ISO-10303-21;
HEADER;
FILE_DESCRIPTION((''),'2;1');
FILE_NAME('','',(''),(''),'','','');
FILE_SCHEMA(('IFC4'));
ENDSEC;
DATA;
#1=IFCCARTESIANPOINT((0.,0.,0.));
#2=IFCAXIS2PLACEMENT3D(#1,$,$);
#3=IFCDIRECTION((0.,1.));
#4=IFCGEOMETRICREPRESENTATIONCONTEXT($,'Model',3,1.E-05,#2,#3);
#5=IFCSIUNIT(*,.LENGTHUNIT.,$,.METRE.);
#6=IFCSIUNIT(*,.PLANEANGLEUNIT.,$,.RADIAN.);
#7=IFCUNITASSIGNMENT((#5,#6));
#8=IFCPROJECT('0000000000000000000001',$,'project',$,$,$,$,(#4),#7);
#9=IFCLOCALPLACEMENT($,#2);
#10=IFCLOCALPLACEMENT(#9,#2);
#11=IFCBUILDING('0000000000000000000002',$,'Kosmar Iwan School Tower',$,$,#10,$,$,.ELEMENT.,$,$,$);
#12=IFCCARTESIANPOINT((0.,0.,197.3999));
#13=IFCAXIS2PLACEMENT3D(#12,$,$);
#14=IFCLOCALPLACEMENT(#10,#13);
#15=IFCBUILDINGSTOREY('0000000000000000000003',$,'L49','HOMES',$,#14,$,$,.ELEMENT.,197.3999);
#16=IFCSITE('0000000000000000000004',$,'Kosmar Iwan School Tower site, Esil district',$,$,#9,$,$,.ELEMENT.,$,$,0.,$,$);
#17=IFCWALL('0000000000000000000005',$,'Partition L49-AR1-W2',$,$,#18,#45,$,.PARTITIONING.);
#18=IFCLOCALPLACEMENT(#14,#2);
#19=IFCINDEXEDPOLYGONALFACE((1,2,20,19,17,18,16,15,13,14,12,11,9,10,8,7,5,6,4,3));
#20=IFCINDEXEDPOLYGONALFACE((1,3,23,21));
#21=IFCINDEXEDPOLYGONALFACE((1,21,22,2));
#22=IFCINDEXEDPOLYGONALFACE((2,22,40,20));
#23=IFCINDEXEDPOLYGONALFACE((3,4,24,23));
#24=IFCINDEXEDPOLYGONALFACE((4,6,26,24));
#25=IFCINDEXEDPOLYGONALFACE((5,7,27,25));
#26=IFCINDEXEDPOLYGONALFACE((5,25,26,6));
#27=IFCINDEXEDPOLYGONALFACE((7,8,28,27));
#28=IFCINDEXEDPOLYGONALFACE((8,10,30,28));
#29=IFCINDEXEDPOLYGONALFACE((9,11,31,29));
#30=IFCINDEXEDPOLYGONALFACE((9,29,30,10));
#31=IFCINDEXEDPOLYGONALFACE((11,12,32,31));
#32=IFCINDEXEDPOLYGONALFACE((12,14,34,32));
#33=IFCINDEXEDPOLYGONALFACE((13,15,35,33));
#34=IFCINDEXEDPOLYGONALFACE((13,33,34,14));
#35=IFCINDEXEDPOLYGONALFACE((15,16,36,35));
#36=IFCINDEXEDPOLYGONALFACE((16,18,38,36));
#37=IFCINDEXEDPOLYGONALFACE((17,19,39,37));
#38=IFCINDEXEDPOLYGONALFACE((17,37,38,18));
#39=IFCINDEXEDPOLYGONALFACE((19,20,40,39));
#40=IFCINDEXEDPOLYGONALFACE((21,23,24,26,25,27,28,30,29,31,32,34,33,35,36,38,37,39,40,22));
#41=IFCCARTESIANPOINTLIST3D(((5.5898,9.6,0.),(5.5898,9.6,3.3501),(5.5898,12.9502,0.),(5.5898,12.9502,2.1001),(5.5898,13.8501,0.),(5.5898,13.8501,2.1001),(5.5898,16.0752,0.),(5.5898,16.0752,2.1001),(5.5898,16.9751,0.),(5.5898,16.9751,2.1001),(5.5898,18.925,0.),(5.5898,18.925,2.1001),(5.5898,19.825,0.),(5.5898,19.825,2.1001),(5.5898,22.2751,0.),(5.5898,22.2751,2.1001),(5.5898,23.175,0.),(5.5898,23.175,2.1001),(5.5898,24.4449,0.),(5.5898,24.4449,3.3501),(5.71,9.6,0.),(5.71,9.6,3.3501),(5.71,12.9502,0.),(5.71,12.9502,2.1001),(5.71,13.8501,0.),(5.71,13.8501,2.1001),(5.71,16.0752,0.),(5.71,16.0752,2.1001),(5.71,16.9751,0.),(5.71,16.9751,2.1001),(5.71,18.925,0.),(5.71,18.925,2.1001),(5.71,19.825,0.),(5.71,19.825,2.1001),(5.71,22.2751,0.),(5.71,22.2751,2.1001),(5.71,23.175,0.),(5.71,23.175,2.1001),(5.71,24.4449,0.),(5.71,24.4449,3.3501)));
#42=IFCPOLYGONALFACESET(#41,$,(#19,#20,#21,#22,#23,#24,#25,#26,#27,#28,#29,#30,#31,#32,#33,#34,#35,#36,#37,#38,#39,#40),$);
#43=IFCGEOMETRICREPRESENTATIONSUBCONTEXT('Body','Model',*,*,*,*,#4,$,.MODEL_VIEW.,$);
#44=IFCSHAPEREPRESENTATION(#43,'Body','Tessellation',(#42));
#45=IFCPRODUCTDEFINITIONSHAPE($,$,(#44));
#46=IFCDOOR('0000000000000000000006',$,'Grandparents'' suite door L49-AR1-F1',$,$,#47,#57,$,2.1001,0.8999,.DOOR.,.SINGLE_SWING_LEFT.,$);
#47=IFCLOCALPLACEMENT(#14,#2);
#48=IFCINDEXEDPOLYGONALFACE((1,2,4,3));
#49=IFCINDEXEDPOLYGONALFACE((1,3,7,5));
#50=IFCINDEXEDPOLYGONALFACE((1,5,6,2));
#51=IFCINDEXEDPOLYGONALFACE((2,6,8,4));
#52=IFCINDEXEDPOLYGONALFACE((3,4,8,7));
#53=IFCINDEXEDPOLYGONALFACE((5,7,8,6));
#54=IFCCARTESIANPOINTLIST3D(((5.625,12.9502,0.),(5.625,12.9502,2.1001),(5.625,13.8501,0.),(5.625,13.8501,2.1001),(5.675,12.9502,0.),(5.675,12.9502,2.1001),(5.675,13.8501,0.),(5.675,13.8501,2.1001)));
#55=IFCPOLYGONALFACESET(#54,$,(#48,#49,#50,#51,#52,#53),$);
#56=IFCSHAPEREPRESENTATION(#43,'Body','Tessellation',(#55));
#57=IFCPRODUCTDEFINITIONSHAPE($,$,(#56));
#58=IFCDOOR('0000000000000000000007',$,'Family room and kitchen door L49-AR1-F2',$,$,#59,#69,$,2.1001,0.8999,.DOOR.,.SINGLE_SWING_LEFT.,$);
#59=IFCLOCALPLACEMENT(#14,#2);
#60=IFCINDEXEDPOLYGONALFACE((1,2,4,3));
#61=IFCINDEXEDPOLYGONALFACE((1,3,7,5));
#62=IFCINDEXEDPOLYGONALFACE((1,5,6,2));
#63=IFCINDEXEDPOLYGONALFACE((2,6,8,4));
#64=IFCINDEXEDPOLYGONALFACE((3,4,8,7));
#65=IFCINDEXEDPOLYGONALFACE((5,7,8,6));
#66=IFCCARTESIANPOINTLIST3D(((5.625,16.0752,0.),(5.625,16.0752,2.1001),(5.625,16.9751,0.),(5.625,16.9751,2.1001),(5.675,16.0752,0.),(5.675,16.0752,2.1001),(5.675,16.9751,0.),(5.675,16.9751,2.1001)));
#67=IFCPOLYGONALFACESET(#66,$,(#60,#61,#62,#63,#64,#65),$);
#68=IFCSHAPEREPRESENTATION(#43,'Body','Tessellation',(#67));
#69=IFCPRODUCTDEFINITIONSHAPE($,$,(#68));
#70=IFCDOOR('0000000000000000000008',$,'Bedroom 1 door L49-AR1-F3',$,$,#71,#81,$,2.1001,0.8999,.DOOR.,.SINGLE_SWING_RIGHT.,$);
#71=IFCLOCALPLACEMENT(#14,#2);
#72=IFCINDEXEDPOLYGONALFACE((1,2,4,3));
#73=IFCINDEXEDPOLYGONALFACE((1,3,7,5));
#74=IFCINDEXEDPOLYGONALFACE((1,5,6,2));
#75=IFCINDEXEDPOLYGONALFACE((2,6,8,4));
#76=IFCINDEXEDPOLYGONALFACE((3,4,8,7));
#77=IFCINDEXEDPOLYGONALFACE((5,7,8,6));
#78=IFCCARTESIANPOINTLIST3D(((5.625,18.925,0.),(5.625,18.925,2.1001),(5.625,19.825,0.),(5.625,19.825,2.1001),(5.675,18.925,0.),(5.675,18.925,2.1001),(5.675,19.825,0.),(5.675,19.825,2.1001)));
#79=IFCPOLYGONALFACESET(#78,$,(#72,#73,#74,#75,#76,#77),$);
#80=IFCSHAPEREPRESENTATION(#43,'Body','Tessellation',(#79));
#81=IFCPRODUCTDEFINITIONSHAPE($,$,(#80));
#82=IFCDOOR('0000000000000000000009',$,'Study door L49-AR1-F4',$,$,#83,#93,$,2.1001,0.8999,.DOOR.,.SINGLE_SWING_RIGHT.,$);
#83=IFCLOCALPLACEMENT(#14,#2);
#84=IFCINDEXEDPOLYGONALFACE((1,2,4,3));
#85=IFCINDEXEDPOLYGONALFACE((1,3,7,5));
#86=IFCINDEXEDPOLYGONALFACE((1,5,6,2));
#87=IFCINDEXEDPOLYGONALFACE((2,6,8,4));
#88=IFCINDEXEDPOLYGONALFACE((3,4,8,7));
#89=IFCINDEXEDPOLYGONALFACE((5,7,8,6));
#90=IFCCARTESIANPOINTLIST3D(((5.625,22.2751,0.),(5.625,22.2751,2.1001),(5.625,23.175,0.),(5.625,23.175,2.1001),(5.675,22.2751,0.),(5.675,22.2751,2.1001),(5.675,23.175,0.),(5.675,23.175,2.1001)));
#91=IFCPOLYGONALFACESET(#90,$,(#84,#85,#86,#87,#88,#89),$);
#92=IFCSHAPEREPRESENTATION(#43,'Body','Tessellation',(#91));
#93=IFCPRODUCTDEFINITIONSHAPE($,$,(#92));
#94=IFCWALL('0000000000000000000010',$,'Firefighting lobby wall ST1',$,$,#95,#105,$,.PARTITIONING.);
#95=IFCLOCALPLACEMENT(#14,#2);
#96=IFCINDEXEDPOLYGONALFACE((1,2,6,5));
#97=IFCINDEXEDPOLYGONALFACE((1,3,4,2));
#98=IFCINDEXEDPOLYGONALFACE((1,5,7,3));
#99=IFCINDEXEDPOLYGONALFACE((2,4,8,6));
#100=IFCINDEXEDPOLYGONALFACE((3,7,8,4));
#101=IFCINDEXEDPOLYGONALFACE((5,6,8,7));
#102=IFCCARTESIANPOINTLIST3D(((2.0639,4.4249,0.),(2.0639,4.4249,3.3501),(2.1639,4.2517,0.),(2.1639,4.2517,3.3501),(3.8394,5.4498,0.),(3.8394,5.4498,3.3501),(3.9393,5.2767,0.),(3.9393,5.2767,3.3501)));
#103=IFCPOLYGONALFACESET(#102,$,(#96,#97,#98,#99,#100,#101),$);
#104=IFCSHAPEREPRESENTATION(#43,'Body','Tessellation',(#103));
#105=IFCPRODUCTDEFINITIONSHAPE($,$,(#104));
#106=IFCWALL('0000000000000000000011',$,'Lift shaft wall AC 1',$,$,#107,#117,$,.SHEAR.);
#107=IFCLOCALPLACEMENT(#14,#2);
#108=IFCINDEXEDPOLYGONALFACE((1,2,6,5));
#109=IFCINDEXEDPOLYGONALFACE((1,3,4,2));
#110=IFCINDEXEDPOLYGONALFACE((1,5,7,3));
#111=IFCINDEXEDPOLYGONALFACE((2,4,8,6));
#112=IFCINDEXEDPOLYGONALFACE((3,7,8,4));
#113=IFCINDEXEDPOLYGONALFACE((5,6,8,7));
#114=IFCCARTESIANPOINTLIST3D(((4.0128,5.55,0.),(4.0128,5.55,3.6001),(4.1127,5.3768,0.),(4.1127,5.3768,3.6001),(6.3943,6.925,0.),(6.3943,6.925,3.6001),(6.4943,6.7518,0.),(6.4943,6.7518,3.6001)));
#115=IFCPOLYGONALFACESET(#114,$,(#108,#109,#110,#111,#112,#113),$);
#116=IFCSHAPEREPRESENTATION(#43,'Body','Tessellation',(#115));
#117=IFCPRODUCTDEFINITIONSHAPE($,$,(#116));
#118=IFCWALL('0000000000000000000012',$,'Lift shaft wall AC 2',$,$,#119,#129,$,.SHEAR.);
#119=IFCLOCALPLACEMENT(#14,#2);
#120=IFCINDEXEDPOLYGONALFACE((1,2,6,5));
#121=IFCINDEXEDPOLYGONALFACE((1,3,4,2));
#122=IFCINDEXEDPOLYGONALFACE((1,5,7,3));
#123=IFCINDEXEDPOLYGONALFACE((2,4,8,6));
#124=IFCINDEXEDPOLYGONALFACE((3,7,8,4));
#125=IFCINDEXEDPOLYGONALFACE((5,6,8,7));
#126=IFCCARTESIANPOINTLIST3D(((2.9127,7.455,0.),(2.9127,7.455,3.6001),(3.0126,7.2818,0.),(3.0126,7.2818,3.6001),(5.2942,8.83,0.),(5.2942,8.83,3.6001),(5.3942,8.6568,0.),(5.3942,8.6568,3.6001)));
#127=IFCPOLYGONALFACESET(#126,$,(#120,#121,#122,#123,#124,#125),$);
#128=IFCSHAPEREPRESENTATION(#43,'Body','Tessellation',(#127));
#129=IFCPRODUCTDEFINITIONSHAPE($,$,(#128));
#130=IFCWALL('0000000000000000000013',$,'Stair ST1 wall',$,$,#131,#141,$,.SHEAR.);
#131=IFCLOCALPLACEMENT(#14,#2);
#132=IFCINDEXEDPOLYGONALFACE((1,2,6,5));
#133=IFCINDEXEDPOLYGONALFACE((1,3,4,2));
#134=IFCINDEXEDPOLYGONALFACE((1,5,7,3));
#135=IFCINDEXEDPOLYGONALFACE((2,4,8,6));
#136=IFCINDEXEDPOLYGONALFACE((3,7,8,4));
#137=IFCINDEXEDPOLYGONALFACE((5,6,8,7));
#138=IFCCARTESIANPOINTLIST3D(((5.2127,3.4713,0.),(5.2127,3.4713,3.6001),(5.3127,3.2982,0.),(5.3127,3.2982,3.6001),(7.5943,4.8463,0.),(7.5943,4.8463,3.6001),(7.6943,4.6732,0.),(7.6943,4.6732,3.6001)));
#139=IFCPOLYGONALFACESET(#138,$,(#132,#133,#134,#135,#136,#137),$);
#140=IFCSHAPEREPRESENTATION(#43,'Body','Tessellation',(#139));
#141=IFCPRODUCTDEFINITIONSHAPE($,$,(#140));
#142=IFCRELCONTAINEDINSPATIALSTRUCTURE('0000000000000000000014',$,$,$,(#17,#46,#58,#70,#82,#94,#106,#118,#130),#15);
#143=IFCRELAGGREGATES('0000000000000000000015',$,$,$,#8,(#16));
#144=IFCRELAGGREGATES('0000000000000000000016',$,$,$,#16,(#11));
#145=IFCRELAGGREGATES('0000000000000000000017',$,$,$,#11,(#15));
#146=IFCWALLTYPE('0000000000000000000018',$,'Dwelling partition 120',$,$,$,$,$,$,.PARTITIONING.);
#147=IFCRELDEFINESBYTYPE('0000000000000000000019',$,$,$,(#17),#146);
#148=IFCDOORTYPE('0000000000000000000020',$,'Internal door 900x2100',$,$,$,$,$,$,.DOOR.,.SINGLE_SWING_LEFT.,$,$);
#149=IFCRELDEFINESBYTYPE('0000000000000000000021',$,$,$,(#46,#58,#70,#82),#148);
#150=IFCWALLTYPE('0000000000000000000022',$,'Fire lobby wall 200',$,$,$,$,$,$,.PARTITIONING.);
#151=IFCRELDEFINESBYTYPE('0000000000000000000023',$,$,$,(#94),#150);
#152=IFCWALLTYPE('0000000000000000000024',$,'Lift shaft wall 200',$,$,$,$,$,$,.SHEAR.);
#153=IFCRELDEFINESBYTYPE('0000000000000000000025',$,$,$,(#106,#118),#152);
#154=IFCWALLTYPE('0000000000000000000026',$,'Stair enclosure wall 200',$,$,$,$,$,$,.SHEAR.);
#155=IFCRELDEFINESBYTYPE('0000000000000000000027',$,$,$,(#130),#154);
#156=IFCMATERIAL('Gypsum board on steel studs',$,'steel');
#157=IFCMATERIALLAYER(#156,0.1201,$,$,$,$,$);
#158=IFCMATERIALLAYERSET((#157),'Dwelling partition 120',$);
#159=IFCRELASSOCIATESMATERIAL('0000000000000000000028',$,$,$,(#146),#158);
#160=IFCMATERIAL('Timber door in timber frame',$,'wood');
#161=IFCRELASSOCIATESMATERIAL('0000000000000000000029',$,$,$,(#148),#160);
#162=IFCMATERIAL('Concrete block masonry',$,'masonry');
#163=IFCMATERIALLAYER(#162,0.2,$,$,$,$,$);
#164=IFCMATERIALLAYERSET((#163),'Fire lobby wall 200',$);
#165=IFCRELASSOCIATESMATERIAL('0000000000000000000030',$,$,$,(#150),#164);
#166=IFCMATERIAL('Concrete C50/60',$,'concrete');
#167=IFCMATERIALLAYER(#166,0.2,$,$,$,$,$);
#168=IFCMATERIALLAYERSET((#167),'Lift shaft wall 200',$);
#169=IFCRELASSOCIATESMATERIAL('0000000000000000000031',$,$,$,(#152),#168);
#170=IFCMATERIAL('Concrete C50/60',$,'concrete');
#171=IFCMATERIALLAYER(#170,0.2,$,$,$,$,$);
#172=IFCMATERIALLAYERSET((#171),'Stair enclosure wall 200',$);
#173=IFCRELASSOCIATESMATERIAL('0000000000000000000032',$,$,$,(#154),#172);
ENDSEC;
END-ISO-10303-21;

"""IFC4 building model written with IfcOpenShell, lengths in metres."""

from ifc_helpers import new_model, si_unit, direction, frame, frame_2d, origin, place, context, subcontext, project, spatial, rectangle, extrude, material, layer, layer_set, type_object, element, fill, save


model = new_model("IFC4")

# Units and contexts
model_context = context("Model", 3, precision=1e-05, world=origin(), true_north=direction((0.0, 1.0)))
body_context = subcontext(model_context, "Body", "Model", "MODEL_VIEW")
ifc_project = project(units=[si_unit("LENGTHUNIT", "METRE"), si_unit("PLANEANGLEUNIT", "RADIAN")], contexts=[model_context])

# Site, building, storey
site_placement = place(None, origin())
site = spatial("IfcSite", under=ifc_project, at=site_placement, Name="Kosmar Iwan School Tower site, Esil district", CompositionType="ELEMENT", RefElevation=0.0)
building_placement = place(site_placement, origin())
building = spatial("IfcBuilding", under=site, at=building_placement, Name="Kosmar Iwan School Tower", CompositionType="ELEMENT")
storey_placement = place(building_placement, frame((0.0, 0.0, 197.3999)))
storey = spatial("IfcBuildingStorey", under=building, at=storey_placement, Name="L49", Description="HOMES", CompositionType="ELEMENT", Elevation=197.3999)

# Wall, openings, doors
ifc_material_1 = material(Name="Gypsum board on steel studs", Category="steel")
ifc_layer_1 = layer(ifc_material_1, 0.1201)
ifc_layer_set_1 = layer_set([ifc_layer_1], Name="Dwelling partition 120")
wall_type_1 = type_object("IfcWallType", Name="Dwelling partition 120", PredefinedType="PARTITIONING", material=ifc_layer_set_1)
wall_1_placement = place(storey_placement, frame((5.6499, 9.6001, 0.0), z_axis=(0.0, 0.0, 1.0), x_axis=(0.0, 1.0, 0.0)))
wall_1 = element("IfcWall", 1, at=wall_1_placement, inside=storey, type_object=wall_type_1, Name="Partition L49-AR1-W2", PredefinedType="PARTITIONING", context=body_context, shape_type="SweptSolid", body=[
    extrude(rectangle(XDim=14.845, YDim=0.1201, at=frame_2d((7.4224, 0.0))), origin(), (0.0, 0.0, 1.0), 3.3501),
])
opening_1_placement = place(wall_1_placement, frame((3.3501, 0.0, 0.0)))
opening_1 = element("IfcOpeningElement", 2, at=opening_1_placement, cuts=wall_1, PredefinedType="OPENING", context=body_context, shape_type="SweptSolid", body=[
    extrude(rectangle(XDim=0.8999, YDim=2.1001, at=frame_2d((0.45, 1.05))), frame((0.0, 0.072, 0.0), z_axis=(0.0, -1.0, 0.0), x_axis=(1.0, 0.0, 0.0)), (0.0, 0.0, 1.0), 0.144),
])
opening_2_placement = place(wall_1_placement, frame((6.4751, 0.0, 0.0)))
opening_2 = element("IfcOpeningElement", 3, at=opening_2_placement, cuts=wall_1, PredefinedType="OPENING", context=body_context, shape_type="SweptSolid", body=[
    extrude(rectangle(XDim=0.8999, YDim=2.1001, at=frame_2d((0.45, 1.05))), frame((0.0, 0.072, 0.0), z_axis=(0.0, -1.0, 0.0), x_axis=(1.0, 0.0, 0.0)), (0.0, 0.0, 1.0), 0.144),
])
opening_3_placement = place(wall_1_placement, frame((9.325, 0.0, 0.0)))
opening_3 = element("IfcOpeningElement", 4, at=opening_3_placement, cuts=wall_1, PredefinedType="OPENING", context=body_context, shape_type="SweptSolid", body=[
    extrude(rectangle(XDim=0.8999, YDim=2.1001, at=frame_2d((0.45, 1.05))), frame((0.0, 0.072, 0.0), z_axis=(0.0, -1.0, 0.0), x_axis=(1.0, 0.0, 0.0)), (0.0, 0.0, 1.0), 0.144),
])
opening_4_placement = place(wall_1_placement, frame((12.675, 0.0, 0.0)))
opening_4 = element("IfcOpeningElement", 5, at=opening_4_placement, cuts=wall_1, PredefinedType="OPENING", context=body_context, shape_type="SweptSolid", body=[
    extrude(rectangle(XDim=0.8999, YDim=2.1001, at=frame_2d((0.45, 1.05))), frame((0.0, 0.072, 0.0), z_axis=(0.0, -1.0, 0.0), x_axis=(1.0, 0.0, 0.0)), (0.0, 0.0, 1.0), 0.144),
])
ifc_material_2 = material(Name="Timber door in timber frame", Category="wood")
door_type = type_object("IfcDoorType", Name="Internal door 900x2100", OperationType="SINGLE_SWING_LEFT", PredefinedType="DOOR", material=ifc_material_2)
door_1_placement = place(opening_1_placement, origin())
door_1 = element("IfcDoor", 6, at=door_1_placement, inside=storey, type_object=door_type, Name="Grandparents' suite door L49-AR1-F1", OperationType="SINGLE_SWING_LEFT", OverallHeight=2.1001, OverallWidth=0.8999, PredefinedType="DOOR", context=body_context, shape_type="SweptSolid", body=[
    extrude(rectangle(XDim=0.8999, YDim=2.1001, at=frame_2d((0.45, 1.05))), frame((0.0, 0.0249, 0.0), z_axis=(0.0, -1.0, 0.0), x_axis=(1.0, 0.0, 0.0)), (0.0, 0.0, 1.0), 0.05),
])
fill(opening_1, door_1)
door_2_placement = place(opening_2_placement, origin())
door_2 = element("IfcDoor", 7, at=door_2_placement, inside=storey, type_object=door_type, Name="Family room and kitchen door L49-AR1-F2", OperationType="SINGLE_SWING_LEFT", OverallHeight=2.1001, OverallWidth=0.8999, PredefinedType="DOOR", context=body_context, shape_type="SweptSolid", body=[
    extrude(rectangle(XDim=0.8999, YDim=2.1001, at=frame_2d((0.45, 1.05))), frame((0.0, 0.0249, 0.0), z_axis=(0.0, -1.0, 0.0), x_axis=(1.0, 0.0, 0.0)), (0.0, 0.0, 1.0), 0.05),
])
fill(opening_2, door_2)
door_3_placement = place(opening_3_placement, origin())
door_3 = element("IfcDoor", 8, at=door_3_placement, inside=storey, type_object=door_type, Name="Bedroom 1 door L49-AR1-F3", OperationType="SINGLE_SWING_RIGHT", OverallHeight=2.1001, OverallWidth=0.8999, PredefinedType="DOOR", context=body_context, shape_type="SweptSolid", body=[
    extrude(rectangle(XDim=0.8999, YDim=2.1001, at=frame_2d((0.45, 1.05))), frame((0.0, 0.0249, 0.0), z_axis=(0.0, -1.0, 0.0), x_axis=(1.0, 0.0, 0.0)), (0.0, 0.0, 1.0), 0.05),
])
fill(opening_3, door_3)
door_4_placement = place(opening_4_placement, origin())
door_4 = element("IfcDoor", 9, at=door_4_placement, inside=storey, type_object=door_type, Name="Study door L49-AR1-F4", OperationType="SINGLE_SWING_RIGHT", OverallHeight=2.1001, OverallWidth=0.8999, PredefinedType="DOOR", context=body_context, shape_type="SweptSolid", body=[
    extrude(rectangle(XDim=0.8999, YDim=2.1001, at=frame_2d((0.45, 1.05))), frame((0.0, 0.0249, 0.0), z_axis=(0.0, -1.0, 0.0), x_axis=(1.0, 0.0, 0.0)), (0.0, 0.0, 1.0), 0.05),
])
fill(opening_4, door_4)

# Walls
ifc_material_3 = material(Name="Concrete block masonry", Category="masonry")
ifc_layer_2 = layer(ifc_material_3, 0.2)
ifc_layer_set_2 = layer_set([ifc_layer_2], Name="Fire lobby wall 200")
wall_type_2 = type_object("IfcWallType", Name="Fire lobby wall 200", PredefinedType="PARTITIONING", material=ifc_layer_set_2)
wall_2_placement = place(storey_placement, frame((2.114, 4.3384, 0.0), z_axis=(0.0, 0.0, 1.0), x_axis=(0.866051, 0.499956, 0.0)))
element("IfcWall", 10, at=wall_2_placement, inside=storey, type_object=wall_type_2, Name="Firefighting lobby wall ST1", PredefinedType="PARTITIONING", context=body_context, shape_type="SweptSolid", body=[
    extrude(rectangle(XDim=2.05, YDim=0.2, at=frame_2d((1.0249, 0.0))), origin(), (0.0, 0.0, 1.0), 3.3501),
])
ifc_material_4 = material(Name="Concrete C50/60", Category="concrete")
ifc_layer_3 = layer(ifc_material_4, 0.2)
ifc_layer_set_3 = layer_set([ifc_layer_3], Name="Lift shaft wall 200")
wall_type_3 = type_object("IfcWallType", Name="Lift shaft wall 200", PredefinedType="SHEAR", material=ifc_layer_set_3)
for number, where, z_axis, x_axis, name in (
    (11, (4.0627, 5.4634, 0.0), (0.0, 0.0, 1.0), (0.866027, 0.499997, 0.0), "Lift shaft wall AC 1"),
    (12, (2.9626, 7.3684, 0.0), (0.0, 0.0, 1.0), (0.866027, 0.499997, 0.0), "Lift shaft wall AC 2"),
):
    element("IfcWall", number, at=place(storey_placement, frame(where, z_axis=z_axis, x_axis=x_axis)), inside=storey, type_object=wall_type_3, Name=name, PredefinedType="SHEAR", context=body_context, shape_type="SweptSolid", body=[
        extrude(rectangle(XDim=2.75, YDim=0.2, at=frame_2d((1.375, 0.0))), origin(), (0.0, 0.0, 1.0), 3.6001),
    ])
ifc_material_5 = material(Name="Concrete C50/60", Category="concrete")
ifc_layer_4 = layer(ifc_material_5, 0.2)
ifc_layer_set_4 = layer_set([ifc_layer_4], Name="Stair enclosure wall 200")
wall_type_4 = type_object("IfcWallType", Name="Stair enclosure wall 200", PredefinedType="SHEAR", material=ifc_layer_set_4)
wall_3_placement = place(storey_placement, frame((5.2627, 3.3848, 0.0), z_axis=(0.0, 0.0, 1.0), x_axis=(0.866027, 0.499997, 0.0)))
element("IfcWall", 13, at=wall_3_placement, inside=storey, type_object=wall_type_4, Name="Stair ST1 wall", PredefinedType="SHEAR", context=body_context, shape_type="SweptSolid", body=[
    extrude(rectangle(XDim=2.75, YDim=0.2, at=frame_2d((1.375, 0.0))), origin(), (0.0, 0.0, 1.0), 3.6001),
])

save(model, "model.ifc")
